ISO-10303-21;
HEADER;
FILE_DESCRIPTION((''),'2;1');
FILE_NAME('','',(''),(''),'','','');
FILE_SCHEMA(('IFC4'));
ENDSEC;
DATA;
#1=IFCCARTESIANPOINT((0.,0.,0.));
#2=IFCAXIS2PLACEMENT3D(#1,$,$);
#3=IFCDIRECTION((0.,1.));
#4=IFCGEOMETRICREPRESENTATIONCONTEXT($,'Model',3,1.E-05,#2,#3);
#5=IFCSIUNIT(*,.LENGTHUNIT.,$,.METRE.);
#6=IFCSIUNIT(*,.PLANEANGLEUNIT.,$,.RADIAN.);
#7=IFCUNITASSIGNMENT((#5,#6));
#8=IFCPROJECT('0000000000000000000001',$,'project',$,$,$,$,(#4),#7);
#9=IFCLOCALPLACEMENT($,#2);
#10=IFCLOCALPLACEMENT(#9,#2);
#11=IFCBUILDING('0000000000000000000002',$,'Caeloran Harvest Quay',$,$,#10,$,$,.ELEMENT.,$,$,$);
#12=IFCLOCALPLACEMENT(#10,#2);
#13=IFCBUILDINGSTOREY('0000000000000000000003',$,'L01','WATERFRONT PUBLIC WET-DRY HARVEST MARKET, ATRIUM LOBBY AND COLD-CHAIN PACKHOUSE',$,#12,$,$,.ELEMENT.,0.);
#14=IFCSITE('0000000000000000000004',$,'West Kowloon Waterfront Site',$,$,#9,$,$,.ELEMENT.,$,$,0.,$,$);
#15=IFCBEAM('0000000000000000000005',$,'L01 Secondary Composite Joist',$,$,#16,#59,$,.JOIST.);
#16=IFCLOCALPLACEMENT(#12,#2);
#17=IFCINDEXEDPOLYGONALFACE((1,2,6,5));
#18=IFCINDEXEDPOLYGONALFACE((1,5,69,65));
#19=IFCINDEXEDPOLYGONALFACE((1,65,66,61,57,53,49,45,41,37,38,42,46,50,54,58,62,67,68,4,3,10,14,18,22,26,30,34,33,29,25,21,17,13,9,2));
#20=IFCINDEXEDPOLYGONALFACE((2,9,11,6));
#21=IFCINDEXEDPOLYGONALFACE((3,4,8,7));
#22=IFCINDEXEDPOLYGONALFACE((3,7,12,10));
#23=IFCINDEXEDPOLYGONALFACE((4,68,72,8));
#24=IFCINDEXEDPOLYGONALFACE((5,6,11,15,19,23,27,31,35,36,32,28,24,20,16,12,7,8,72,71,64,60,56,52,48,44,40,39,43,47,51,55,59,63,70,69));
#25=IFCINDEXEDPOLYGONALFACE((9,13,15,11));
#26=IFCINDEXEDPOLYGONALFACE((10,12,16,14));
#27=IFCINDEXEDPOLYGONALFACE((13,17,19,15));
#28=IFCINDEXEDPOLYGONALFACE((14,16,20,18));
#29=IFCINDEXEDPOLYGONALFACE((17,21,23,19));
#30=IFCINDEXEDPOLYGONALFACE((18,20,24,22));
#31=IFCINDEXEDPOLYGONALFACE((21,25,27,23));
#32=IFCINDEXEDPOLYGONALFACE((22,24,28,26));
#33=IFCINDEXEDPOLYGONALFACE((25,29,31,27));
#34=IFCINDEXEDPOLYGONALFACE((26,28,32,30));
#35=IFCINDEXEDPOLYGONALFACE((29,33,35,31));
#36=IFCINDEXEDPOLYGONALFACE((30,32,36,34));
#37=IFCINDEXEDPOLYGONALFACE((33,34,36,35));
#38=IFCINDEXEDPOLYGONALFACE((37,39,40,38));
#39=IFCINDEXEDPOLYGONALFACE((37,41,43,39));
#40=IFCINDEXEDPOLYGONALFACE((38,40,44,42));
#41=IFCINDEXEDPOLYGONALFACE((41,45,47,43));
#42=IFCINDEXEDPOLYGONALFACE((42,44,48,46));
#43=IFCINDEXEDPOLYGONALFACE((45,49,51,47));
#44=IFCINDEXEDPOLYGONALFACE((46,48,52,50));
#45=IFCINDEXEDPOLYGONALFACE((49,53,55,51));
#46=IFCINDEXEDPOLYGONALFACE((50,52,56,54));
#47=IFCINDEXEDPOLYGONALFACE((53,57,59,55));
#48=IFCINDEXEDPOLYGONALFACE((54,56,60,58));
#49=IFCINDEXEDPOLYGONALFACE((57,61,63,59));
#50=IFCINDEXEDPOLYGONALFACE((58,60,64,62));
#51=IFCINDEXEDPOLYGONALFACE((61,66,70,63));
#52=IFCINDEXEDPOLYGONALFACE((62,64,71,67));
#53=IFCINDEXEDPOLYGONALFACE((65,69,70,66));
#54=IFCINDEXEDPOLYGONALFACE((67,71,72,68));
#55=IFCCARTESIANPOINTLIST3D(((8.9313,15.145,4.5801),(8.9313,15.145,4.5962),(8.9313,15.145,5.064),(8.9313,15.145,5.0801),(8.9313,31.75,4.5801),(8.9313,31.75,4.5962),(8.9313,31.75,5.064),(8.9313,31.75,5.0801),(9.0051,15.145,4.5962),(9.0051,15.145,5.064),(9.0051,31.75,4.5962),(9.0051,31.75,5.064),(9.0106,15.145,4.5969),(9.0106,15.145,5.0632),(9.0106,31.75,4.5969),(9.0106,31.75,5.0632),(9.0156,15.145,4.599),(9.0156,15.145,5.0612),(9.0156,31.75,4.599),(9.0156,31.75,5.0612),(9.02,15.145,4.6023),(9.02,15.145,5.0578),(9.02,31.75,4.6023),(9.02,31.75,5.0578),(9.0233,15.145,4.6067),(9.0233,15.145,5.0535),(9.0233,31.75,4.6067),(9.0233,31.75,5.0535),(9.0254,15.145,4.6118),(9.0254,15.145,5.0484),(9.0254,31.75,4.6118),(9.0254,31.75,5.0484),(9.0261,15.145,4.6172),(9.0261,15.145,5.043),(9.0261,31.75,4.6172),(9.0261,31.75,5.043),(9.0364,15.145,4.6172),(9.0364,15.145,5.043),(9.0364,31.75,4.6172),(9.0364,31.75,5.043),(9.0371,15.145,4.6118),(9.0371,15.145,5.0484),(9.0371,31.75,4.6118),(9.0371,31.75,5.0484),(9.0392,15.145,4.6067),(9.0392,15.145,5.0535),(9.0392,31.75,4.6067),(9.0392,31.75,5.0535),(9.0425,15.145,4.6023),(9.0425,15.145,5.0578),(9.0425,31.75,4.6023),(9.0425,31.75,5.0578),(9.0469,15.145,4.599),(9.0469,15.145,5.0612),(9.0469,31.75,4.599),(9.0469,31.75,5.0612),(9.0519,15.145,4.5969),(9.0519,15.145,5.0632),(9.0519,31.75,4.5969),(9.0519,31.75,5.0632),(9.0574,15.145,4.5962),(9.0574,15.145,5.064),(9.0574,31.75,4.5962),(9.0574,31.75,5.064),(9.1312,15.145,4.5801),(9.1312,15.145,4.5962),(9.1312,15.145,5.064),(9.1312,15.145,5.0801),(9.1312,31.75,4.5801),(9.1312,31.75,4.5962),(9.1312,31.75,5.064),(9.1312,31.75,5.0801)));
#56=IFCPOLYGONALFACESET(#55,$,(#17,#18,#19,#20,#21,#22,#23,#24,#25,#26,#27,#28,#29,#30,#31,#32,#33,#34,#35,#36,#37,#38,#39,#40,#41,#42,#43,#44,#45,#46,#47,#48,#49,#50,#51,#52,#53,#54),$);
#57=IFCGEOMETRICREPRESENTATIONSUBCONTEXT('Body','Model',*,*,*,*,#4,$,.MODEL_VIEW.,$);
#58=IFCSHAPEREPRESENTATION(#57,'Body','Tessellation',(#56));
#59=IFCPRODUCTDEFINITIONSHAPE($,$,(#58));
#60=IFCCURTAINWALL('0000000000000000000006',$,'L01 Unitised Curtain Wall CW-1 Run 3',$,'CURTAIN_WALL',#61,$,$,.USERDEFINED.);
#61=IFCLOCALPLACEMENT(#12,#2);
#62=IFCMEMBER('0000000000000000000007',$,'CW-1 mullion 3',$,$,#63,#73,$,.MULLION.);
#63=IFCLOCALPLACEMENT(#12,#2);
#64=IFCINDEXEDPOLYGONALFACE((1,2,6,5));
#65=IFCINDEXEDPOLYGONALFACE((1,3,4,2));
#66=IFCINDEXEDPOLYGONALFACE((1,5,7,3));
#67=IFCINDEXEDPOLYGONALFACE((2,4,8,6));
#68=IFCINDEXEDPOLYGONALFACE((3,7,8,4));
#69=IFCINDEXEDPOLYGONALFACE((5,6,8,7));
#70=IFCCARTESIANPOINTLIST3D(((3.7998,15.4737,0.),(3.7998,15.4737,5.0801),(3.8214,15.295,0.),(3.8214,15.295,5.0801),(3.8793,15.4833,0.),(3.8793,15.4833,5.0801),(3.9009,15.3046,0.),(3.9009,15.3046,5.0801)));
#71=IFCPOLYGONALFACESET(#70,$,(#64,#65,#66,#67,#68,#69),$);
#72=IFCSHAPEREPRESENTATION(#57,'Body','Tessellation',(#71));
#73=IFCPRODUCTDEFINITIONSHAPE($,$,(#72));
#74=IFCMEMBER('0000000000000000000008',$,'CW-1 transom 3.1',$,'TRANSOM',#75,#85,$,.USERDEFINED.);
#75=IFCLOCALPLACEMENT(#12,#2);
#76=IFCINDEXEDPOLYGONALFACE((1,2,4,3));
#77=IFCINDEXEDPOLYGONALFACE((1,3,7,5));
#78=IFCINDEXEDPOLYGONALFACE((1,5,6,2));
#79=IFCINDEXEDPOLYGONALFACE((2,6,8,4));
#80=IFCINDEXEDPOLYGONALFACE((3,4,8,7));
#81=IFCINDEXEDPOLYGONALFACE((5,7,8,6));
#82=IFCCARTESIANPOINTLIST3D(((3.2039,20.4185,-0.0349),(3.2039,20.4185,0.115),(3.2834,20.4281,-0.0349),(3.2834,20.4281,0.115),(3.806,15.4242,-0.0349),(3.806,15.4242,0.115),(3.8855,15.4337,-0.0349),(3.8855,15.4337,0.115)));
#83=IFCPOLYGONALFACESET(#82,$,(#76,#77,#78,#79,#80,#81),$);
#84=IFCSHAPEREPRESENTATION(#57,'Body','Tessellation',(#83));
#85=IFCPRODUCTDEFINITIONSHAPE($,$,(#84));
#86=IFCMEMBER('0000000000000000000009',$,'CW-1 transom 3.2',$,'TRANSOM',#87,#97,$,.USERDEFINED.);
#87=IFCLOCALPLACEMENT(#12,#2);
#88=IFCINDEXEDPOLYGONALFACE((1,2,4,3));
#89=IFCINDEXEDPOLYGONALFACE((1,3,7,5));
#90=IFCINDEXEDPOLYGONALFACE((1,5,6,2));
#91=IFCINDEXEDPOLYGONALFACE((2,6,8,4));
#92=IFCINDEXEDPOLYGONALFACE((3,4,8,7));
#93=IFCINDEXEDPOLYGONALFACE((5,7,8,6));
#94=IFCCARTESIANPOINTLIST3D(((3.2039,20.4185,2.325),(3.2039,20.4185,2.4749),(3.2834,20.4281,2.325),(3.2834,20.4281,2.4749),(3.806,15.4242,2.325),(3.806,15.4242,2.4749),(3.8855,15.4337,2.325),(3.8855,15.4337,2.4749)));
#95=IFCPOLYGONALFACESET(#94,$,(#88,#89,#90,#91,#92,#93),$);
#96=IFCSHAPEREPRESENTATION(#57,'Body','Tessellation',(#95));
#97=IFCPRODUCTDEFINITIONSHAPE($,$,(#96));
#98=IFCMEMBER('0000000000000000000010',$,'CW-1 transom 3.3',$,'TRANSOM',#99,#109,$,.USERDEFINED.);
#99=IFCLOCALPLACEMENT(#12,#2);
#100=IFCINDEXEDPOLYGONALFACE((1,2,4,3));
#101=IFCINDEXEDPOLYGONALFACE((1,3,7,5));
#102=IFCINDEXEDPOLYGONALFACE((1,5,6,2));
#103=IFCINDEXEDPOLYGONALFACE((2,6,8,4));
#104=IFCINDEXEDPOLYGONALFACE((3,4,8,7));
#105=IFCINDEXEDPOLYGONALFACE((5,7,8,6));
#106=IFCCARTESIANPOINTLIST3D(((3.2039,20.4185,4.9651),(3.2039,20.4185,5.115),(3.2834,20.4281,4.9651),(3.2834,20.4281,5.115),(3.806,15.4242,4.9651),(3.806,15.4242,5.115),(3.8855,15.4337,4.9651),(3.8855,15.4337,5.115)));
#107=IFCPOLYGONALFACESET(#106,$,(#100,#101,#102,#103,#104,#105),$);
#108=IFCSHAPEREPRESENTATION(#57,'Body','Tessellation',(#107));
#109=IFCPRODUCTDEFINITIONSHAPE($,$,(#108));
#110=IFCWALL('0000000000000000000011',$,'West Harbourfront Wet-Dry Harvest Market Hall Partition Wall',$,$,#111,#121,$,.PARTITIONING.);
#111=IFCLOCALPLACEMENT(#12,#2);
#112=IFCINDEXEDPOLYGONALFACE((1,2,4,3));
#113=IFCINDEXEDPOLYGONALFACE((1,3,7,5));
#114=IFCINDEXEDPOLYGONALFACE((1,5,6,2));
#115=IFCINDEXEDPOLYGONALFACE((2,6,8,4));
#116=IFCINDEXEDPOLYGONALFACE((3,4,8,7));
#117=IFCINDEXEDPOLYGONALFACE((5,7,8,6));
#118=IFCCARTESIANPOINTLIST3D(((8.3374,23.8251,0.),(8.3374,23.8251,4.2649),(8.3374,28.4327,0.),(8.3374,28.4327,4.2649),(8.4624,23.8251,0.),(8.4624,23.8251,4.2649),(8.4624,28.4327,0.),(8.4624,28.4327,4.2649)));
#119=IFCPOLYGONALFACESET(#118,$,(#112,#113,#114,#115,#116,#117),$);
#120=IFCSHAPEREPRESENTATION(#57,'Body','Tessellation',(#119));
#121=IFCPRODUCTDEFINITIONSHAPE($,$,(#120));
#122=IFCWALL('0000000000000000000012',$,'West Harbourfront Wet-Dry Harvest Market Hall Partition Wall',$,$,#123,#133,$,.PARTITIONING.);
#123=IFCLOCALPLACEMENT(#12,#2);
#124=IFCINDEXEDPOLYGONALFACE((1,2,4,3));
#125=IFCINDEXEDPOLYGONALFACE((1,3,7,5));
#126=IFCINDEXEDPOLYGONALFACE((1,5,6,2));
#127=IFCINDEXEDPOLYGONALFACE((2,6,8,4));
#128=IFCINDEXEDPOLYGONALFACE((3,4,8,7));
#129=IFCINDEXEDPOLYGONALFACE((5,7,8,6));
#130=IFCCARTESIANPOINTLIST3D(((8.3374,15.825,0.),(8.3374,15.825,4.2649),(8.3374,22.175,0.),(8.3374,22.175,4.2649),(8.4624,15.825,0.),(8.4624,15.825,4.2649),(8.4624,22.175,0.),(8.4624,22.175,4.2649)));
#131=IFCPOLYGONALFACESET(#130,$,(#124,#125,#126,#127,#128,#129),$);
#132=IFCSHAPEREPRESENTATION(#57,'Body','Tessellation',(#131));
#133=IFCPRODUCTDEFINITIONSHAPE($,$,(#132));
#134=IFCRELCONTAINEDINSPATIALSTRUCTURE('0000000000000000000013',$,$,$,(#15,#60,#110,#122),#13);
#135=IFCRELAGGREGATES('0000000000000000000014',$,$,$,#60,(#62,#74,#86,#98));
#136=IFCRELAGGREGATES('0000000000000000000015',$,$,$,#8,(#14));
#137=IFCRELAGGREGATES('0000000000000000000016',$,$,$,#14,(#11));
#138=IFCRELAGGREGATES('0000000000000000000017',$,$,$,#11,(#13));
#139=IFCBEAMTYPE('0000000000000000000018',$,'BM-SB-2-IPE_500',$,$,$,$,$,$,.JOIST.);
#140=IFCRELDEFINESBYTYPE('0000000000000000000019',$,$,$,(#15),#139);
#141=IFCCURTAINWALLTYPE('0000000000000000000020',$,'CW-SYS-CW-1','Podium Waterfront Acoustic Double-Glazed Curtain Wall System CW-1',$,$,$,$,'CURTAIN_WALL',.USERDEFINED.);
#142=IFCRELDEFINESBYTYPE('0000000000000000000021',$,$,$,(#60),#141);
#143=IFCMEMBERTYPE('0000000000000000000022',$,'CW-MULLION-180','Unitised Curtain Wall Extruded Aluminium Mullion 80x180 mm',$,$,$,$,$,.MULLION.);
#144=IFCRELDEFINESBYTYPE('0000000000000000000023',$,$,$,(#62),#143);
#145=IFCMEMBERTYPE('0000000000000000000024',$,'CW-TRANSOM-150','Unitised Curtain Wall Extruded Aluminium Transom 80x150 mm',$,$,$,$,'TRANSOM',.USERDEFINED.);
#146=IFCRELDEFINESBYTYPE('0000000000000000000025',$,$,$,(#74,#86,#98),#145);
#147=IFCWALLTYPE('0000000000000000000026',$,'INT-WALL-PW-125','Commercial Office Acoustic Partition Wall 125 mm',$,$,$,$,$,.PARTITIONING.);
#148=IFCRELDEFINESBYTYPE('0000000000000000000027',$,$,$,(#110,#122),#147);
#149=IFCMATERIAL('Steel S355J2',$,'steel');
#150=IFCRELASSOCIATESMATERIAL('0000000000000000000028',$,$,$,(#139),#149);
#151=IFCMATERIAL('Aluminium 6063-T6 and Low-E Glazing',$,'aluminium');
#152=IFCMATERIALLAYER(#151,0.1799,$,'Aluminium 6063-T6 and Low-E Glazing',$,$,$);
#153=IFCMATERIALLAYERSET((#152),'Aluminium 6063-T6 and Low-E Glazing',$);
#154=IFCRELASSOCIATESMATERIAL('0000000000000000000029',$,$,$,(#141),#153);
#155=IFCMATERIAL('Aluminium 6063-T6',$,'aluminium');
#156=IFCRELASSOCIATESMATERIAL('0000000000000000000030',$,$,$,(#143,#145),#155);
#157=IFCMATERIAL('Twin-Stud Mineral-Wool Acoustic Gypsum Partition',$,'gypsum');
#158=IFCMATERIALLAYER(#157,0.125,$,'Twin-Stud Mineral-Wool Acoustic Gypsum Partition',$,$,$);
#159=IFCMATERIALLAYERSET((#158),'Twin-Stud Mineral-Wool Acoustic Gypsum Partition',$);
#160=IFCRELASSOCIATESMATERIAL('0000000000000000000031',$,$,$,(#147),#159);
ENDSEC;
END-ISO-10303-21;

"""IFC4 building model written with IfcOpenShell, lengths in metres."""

from ifc_helpers import new_model, si_unit, direction, frame, frame_2d, origin, origin_2d, place, context, subcontext, project, spatial, rectangle, i_section, extrude, material, layer, layer_set, material_profile, profile_set, type_object, element, aggregate, save


model = new_model("IFC4")

# Units and contexts
model_context = context("Model", 3, precision=1e-05, world=origin(), true_north=direction((0.0, 1.0)))
body_context = subcontext(model_context, "Body", "Model", "MODEL_VIEW")
ifc_project = project(units=[si_unit("LENGTHUNIT", "METRE"), si_unit("PLANEANGLEUNIT", "RADIAN")], contexts=[model_context])

# Site, building, storey
site_placement = place(None, origin())
site = spatial("IfcSite", under=ifc_project, at=site_placement, Name="West Kowloon Waterfront Site", CompositionType="ELEMENT", RefElevation=0.0)
building_placement = place(site_placement, origin())
building = spatial("IfcBuilding", under=site, at=building_placement, Name="Caeloran Harvest Quay", CompositionType="ELEMENT")
storey_placement = place(building_placement, origin())
storey = spatial("IfcBuildingStorey", under=building, at=storey_placement, Name="L01", Description="WATERFRONT PUBLIC WET-DRY HARVEST MARKET, ATRIUM LOBBY AND COLD-CHAIN PACKHOUSE", CompositionType="ELEMENT", Elevation=0.0)

# Beam
ifc_material_1 = material(Name="Steel S355J2", Category="steel")
ifc_material_profile_1 = material_profile(ifc_material_1, i_section(OverallWidth=0.2, OverallDepth=0.5, WebThickness=0.0103, FlangeThickness=0.0161, FilletRadius=0.021, at=origin_2d()), Name="IPE 500")
ifc_profile_set_1 = profile_set([ifc_material_profile_1], Name="Steel S355J2")
beam_type_1 = type_object("IfcBeamType", Name="BM-SB-2-IPE_500", PredefinedType="JOIST", material=ifc_profile_set_1)
beam_1_placement = place(storey_placement, frame((9.0312, 15.145, 4.8301), z_axis=(0.0, 1.0, 0.0), x_axis=(-1.0, 0.0, 0.0)))
element("IfcBeam", 1, at=beam_1_placement, inside=storey, type_object=beam_type_1, Name="L01 Secondary Composite Joist", PredefinedType="JOIST", context=body_context, shape_type="SweptSolid", body=[
    extrude(i_section(OverallWidth=0.2, OverallDepth=0.5, WebThickness=0.0103, FlangeThickness=0.0161, FilletRadius=0.021, at=origin_2d()), origin(), (0.0, 0.0, 1.0), 16.605),
])

# Curtain wall, members
ifc_material_2 = material(Name="Aluminium 6063-T6 and Low-E Glazing", Category="aluminium")
ifc_layer_1 = layer(ifc_material_2, 0.1799, Name="Aluminium 6063-T6 and Low-E Glazing")
ifc_layer_set_1 = layer_set([ifc_layer_1], Name="Aluminium 6063-T6 and Low-E Glazing")
curtain_wall_type = type_object("IfcCurtainWallType", Name="CW-SYS-CW-1", Description="Podium Waterfront Acoustic Double-Glazed Curtain Wall System CW-1", ElementType="CURTAIN_WALL", PredefinedType="USERDEFINED", material=ifc_layer_set_1)
curtain_wall_placement = place(storey_placement, origin())
curtain_wall = element("IfcCurtainWall", 2, at=curtain_wall_placement, inside=storey, type_object=curtain_wall_type, Name="L01 Unitised Curtain Wall CW-1 Run 3", ObjectType="CURTAIN_WALL", PredefinedType="USERDEFINED")
ifc_material_3 = material(Name="Aluminium 6063-T6", Category="aluminium")
ifc_material_profile_2 = material_profile(ifc_material_3, rectangle(XDim=0.0801, YDim=0.1799, at=origin_2d()), Name="CW-MULLION-180")
ifc_profile_set_2 = profile_set([ifc_material_profile_2], Name="Aluminium 6063-T6")
member_type_1 = type_object("IfcMemberType", Name="CW-MULLION-180", Description="Unitised Curtain Wall Extruded Aluminium Mullion 80x180 mm", PredefinedType="MULLION", material=ifc_profile_set_2)
member_1_placement = place(storey_placement, frame((3.8503, 15.3892, 0.0), z_axis=(0.0, 0.0, 1.0), x_axis=(-0.992815, -0.119658, 0.0)))
member_1 = element("IfcMember", 3, at=member_1_placement, type_object=member_type_1, Name="CW-1 mullion 3", PredefinedType="MULLION", context=body_context, shape_type="SweptSolid", body=[
    extrude(rectangle(XDim=0.0801, YDim=0.1799, at=origin_2d()), origin(), (0.0, 0.0, 1.0), 5.0801),
])
ifc_material_profile_3 = material_profile(ifc_material_3, rectangle(XDim=0.0801, YDim=0.1499, at=origin_2d()), Name="CW-TRANSOM-150")
ifc_profile_set_3 = profile_set([ifc_material_profile_3], Name="Aluminium 6063-T6")
member_type_2 = type_object("IfcMemberType", Name="CW-TRANSOM-150", Description="Unitised Curtain Wall Extruded Aluminium Transom 80x150 mm", ElementType="TRANSOM", PredefinedType="USERDEFINED", material=ifc_profile_set_3)
member_2_placement = place(storey_placement, frame((3.8457, 15.429, 0.04), z_axis=(-0.119679, 0.992813, 0.0), x_axis=(-0.992813, -0.119679, 0.0)))
member_2 = element("IfcMember", 4, at=member_2_placement, type_object=member_type_2, Name="CW-1 transom 3.1", ObjectType="TRANSOM", PredefinedType="USERDEFINED", context=body_context, shape_type="SweptSolid", body=[
    extrude(rectangle(XDim=0.0801, YDim=0.1499, at=origin_2d()), origin(), (0.0, 0.0, 1.0), 5.0305),
])
member_3_placement = place(storey_placement, frame((3.8457, 15.429, 2.3999), z_axis=(-0.119679, 0.992813, 0.0), x_axis=(-0.992813, -0.119679, 0.0)))
member_3 = element("IfcMember", 5, at=member_3_placement, type_object=member_type_2, Name="CW-1 transom 3.2", ObjectType="TRANSOM", PredefinedType="USERDEFINED", context=body_context, shape_type="SweptSolid", body=[
    extrude(rectangle(XDim=0.0801, YDim=0.1499, at=origin_2d()), origin(), (0.0, 0.0, 1.0), 5.0305),
])
member_4_placement = place(storey_placement, frame((3.8457, 15.429, 5.04), z_axis=(-0.119679, 0.992813, 0.0), x_axis=(-0.992813, -0.119679, 0.0)))
member_4 = element("IfcMember", 6, at=member_4_placement, type_object=member_type_2, Name="CW-1 transom 3.3", ObjectType="TRANSOM", PredefinedType="USERDEFINED", context=body_context, shape_type="SweptSolid", body=[
    extrude(rectangle(XDim=0.0801, YDim=0.1499, at=origin_2d()), origin(), (0.0, 0.0, 1.0), 5.0305),
])
aggregate(curtain_wall, [member_1, member_2, member_3, member_4])

# Walls
ifc_material_4 = material(Name="Twin-Stud Mineral-Wool Acoustic Gypsum Partition", Category="gypsum")
ifc_layer_2 = layer(ifc_material_4, 0.125, Name="Twin-Stud Mineral-Wool Acoustic Gypsum Partition")
ifc_layer_set_2 = layer_set([ifc_layer_2], Name="Twin-Stud Mineral-Wool Acoustic Gypsum Partition")
wall_type_1 = type_object("IfcWallType", Name="INT-WALL-PW-125", Description="Commercial Office Acoustic Partition Wall 125 mm", PredefinedType="PARTITIONING", material=ifc_layer_set_2)
wall_1_placement = place(storey_placement, frame((8.3999, 28.4326, 0.0), z_axis=(0.0, 0.0, 1.0), x_axis=(0.0, -1.0, 0.0)))
element("IfcWall", 7, at=wall_1_placement, inside=storey, type_object=wall_type_1, Name="West Harbourfront Wet-Dry Harvest Market Hall Partition Wall", PredefinedType="PARTITIONING", context=body_context, shape_type="SweptSolid", body=[
    extrude(rectangle(XDim=4.6077, YDim=0.125, at=frame_2d((2.3037, 0.0))), origin(), (0.0, 0.0, 1.0), 4.2649),
])
wall_2_placement = place(storey_placement, frame((8.3999, 22.175, 0.0), z_axis=(0.0, 0.0, 1.0), x_axis=(0.0, -1.0, 0.0)))
element("IfcWall", 8, at=wall_2_placement, inside=storey, type_object=wall_type_1, Name="West Harbourfront Wet-Dry Harvest Market Hall Partition Wall", PredefinedType="PARTITIONING", context=body_context, shape_type="SweptSolid", body=[
    extrude(rectangle(XDim=6.3501, YDim=0.125, at=frame_2d((3.175, 0.0))), origin(), (0.0, 0.0, 1.0), 4.2649),
])

save(model, "model.ifc")
